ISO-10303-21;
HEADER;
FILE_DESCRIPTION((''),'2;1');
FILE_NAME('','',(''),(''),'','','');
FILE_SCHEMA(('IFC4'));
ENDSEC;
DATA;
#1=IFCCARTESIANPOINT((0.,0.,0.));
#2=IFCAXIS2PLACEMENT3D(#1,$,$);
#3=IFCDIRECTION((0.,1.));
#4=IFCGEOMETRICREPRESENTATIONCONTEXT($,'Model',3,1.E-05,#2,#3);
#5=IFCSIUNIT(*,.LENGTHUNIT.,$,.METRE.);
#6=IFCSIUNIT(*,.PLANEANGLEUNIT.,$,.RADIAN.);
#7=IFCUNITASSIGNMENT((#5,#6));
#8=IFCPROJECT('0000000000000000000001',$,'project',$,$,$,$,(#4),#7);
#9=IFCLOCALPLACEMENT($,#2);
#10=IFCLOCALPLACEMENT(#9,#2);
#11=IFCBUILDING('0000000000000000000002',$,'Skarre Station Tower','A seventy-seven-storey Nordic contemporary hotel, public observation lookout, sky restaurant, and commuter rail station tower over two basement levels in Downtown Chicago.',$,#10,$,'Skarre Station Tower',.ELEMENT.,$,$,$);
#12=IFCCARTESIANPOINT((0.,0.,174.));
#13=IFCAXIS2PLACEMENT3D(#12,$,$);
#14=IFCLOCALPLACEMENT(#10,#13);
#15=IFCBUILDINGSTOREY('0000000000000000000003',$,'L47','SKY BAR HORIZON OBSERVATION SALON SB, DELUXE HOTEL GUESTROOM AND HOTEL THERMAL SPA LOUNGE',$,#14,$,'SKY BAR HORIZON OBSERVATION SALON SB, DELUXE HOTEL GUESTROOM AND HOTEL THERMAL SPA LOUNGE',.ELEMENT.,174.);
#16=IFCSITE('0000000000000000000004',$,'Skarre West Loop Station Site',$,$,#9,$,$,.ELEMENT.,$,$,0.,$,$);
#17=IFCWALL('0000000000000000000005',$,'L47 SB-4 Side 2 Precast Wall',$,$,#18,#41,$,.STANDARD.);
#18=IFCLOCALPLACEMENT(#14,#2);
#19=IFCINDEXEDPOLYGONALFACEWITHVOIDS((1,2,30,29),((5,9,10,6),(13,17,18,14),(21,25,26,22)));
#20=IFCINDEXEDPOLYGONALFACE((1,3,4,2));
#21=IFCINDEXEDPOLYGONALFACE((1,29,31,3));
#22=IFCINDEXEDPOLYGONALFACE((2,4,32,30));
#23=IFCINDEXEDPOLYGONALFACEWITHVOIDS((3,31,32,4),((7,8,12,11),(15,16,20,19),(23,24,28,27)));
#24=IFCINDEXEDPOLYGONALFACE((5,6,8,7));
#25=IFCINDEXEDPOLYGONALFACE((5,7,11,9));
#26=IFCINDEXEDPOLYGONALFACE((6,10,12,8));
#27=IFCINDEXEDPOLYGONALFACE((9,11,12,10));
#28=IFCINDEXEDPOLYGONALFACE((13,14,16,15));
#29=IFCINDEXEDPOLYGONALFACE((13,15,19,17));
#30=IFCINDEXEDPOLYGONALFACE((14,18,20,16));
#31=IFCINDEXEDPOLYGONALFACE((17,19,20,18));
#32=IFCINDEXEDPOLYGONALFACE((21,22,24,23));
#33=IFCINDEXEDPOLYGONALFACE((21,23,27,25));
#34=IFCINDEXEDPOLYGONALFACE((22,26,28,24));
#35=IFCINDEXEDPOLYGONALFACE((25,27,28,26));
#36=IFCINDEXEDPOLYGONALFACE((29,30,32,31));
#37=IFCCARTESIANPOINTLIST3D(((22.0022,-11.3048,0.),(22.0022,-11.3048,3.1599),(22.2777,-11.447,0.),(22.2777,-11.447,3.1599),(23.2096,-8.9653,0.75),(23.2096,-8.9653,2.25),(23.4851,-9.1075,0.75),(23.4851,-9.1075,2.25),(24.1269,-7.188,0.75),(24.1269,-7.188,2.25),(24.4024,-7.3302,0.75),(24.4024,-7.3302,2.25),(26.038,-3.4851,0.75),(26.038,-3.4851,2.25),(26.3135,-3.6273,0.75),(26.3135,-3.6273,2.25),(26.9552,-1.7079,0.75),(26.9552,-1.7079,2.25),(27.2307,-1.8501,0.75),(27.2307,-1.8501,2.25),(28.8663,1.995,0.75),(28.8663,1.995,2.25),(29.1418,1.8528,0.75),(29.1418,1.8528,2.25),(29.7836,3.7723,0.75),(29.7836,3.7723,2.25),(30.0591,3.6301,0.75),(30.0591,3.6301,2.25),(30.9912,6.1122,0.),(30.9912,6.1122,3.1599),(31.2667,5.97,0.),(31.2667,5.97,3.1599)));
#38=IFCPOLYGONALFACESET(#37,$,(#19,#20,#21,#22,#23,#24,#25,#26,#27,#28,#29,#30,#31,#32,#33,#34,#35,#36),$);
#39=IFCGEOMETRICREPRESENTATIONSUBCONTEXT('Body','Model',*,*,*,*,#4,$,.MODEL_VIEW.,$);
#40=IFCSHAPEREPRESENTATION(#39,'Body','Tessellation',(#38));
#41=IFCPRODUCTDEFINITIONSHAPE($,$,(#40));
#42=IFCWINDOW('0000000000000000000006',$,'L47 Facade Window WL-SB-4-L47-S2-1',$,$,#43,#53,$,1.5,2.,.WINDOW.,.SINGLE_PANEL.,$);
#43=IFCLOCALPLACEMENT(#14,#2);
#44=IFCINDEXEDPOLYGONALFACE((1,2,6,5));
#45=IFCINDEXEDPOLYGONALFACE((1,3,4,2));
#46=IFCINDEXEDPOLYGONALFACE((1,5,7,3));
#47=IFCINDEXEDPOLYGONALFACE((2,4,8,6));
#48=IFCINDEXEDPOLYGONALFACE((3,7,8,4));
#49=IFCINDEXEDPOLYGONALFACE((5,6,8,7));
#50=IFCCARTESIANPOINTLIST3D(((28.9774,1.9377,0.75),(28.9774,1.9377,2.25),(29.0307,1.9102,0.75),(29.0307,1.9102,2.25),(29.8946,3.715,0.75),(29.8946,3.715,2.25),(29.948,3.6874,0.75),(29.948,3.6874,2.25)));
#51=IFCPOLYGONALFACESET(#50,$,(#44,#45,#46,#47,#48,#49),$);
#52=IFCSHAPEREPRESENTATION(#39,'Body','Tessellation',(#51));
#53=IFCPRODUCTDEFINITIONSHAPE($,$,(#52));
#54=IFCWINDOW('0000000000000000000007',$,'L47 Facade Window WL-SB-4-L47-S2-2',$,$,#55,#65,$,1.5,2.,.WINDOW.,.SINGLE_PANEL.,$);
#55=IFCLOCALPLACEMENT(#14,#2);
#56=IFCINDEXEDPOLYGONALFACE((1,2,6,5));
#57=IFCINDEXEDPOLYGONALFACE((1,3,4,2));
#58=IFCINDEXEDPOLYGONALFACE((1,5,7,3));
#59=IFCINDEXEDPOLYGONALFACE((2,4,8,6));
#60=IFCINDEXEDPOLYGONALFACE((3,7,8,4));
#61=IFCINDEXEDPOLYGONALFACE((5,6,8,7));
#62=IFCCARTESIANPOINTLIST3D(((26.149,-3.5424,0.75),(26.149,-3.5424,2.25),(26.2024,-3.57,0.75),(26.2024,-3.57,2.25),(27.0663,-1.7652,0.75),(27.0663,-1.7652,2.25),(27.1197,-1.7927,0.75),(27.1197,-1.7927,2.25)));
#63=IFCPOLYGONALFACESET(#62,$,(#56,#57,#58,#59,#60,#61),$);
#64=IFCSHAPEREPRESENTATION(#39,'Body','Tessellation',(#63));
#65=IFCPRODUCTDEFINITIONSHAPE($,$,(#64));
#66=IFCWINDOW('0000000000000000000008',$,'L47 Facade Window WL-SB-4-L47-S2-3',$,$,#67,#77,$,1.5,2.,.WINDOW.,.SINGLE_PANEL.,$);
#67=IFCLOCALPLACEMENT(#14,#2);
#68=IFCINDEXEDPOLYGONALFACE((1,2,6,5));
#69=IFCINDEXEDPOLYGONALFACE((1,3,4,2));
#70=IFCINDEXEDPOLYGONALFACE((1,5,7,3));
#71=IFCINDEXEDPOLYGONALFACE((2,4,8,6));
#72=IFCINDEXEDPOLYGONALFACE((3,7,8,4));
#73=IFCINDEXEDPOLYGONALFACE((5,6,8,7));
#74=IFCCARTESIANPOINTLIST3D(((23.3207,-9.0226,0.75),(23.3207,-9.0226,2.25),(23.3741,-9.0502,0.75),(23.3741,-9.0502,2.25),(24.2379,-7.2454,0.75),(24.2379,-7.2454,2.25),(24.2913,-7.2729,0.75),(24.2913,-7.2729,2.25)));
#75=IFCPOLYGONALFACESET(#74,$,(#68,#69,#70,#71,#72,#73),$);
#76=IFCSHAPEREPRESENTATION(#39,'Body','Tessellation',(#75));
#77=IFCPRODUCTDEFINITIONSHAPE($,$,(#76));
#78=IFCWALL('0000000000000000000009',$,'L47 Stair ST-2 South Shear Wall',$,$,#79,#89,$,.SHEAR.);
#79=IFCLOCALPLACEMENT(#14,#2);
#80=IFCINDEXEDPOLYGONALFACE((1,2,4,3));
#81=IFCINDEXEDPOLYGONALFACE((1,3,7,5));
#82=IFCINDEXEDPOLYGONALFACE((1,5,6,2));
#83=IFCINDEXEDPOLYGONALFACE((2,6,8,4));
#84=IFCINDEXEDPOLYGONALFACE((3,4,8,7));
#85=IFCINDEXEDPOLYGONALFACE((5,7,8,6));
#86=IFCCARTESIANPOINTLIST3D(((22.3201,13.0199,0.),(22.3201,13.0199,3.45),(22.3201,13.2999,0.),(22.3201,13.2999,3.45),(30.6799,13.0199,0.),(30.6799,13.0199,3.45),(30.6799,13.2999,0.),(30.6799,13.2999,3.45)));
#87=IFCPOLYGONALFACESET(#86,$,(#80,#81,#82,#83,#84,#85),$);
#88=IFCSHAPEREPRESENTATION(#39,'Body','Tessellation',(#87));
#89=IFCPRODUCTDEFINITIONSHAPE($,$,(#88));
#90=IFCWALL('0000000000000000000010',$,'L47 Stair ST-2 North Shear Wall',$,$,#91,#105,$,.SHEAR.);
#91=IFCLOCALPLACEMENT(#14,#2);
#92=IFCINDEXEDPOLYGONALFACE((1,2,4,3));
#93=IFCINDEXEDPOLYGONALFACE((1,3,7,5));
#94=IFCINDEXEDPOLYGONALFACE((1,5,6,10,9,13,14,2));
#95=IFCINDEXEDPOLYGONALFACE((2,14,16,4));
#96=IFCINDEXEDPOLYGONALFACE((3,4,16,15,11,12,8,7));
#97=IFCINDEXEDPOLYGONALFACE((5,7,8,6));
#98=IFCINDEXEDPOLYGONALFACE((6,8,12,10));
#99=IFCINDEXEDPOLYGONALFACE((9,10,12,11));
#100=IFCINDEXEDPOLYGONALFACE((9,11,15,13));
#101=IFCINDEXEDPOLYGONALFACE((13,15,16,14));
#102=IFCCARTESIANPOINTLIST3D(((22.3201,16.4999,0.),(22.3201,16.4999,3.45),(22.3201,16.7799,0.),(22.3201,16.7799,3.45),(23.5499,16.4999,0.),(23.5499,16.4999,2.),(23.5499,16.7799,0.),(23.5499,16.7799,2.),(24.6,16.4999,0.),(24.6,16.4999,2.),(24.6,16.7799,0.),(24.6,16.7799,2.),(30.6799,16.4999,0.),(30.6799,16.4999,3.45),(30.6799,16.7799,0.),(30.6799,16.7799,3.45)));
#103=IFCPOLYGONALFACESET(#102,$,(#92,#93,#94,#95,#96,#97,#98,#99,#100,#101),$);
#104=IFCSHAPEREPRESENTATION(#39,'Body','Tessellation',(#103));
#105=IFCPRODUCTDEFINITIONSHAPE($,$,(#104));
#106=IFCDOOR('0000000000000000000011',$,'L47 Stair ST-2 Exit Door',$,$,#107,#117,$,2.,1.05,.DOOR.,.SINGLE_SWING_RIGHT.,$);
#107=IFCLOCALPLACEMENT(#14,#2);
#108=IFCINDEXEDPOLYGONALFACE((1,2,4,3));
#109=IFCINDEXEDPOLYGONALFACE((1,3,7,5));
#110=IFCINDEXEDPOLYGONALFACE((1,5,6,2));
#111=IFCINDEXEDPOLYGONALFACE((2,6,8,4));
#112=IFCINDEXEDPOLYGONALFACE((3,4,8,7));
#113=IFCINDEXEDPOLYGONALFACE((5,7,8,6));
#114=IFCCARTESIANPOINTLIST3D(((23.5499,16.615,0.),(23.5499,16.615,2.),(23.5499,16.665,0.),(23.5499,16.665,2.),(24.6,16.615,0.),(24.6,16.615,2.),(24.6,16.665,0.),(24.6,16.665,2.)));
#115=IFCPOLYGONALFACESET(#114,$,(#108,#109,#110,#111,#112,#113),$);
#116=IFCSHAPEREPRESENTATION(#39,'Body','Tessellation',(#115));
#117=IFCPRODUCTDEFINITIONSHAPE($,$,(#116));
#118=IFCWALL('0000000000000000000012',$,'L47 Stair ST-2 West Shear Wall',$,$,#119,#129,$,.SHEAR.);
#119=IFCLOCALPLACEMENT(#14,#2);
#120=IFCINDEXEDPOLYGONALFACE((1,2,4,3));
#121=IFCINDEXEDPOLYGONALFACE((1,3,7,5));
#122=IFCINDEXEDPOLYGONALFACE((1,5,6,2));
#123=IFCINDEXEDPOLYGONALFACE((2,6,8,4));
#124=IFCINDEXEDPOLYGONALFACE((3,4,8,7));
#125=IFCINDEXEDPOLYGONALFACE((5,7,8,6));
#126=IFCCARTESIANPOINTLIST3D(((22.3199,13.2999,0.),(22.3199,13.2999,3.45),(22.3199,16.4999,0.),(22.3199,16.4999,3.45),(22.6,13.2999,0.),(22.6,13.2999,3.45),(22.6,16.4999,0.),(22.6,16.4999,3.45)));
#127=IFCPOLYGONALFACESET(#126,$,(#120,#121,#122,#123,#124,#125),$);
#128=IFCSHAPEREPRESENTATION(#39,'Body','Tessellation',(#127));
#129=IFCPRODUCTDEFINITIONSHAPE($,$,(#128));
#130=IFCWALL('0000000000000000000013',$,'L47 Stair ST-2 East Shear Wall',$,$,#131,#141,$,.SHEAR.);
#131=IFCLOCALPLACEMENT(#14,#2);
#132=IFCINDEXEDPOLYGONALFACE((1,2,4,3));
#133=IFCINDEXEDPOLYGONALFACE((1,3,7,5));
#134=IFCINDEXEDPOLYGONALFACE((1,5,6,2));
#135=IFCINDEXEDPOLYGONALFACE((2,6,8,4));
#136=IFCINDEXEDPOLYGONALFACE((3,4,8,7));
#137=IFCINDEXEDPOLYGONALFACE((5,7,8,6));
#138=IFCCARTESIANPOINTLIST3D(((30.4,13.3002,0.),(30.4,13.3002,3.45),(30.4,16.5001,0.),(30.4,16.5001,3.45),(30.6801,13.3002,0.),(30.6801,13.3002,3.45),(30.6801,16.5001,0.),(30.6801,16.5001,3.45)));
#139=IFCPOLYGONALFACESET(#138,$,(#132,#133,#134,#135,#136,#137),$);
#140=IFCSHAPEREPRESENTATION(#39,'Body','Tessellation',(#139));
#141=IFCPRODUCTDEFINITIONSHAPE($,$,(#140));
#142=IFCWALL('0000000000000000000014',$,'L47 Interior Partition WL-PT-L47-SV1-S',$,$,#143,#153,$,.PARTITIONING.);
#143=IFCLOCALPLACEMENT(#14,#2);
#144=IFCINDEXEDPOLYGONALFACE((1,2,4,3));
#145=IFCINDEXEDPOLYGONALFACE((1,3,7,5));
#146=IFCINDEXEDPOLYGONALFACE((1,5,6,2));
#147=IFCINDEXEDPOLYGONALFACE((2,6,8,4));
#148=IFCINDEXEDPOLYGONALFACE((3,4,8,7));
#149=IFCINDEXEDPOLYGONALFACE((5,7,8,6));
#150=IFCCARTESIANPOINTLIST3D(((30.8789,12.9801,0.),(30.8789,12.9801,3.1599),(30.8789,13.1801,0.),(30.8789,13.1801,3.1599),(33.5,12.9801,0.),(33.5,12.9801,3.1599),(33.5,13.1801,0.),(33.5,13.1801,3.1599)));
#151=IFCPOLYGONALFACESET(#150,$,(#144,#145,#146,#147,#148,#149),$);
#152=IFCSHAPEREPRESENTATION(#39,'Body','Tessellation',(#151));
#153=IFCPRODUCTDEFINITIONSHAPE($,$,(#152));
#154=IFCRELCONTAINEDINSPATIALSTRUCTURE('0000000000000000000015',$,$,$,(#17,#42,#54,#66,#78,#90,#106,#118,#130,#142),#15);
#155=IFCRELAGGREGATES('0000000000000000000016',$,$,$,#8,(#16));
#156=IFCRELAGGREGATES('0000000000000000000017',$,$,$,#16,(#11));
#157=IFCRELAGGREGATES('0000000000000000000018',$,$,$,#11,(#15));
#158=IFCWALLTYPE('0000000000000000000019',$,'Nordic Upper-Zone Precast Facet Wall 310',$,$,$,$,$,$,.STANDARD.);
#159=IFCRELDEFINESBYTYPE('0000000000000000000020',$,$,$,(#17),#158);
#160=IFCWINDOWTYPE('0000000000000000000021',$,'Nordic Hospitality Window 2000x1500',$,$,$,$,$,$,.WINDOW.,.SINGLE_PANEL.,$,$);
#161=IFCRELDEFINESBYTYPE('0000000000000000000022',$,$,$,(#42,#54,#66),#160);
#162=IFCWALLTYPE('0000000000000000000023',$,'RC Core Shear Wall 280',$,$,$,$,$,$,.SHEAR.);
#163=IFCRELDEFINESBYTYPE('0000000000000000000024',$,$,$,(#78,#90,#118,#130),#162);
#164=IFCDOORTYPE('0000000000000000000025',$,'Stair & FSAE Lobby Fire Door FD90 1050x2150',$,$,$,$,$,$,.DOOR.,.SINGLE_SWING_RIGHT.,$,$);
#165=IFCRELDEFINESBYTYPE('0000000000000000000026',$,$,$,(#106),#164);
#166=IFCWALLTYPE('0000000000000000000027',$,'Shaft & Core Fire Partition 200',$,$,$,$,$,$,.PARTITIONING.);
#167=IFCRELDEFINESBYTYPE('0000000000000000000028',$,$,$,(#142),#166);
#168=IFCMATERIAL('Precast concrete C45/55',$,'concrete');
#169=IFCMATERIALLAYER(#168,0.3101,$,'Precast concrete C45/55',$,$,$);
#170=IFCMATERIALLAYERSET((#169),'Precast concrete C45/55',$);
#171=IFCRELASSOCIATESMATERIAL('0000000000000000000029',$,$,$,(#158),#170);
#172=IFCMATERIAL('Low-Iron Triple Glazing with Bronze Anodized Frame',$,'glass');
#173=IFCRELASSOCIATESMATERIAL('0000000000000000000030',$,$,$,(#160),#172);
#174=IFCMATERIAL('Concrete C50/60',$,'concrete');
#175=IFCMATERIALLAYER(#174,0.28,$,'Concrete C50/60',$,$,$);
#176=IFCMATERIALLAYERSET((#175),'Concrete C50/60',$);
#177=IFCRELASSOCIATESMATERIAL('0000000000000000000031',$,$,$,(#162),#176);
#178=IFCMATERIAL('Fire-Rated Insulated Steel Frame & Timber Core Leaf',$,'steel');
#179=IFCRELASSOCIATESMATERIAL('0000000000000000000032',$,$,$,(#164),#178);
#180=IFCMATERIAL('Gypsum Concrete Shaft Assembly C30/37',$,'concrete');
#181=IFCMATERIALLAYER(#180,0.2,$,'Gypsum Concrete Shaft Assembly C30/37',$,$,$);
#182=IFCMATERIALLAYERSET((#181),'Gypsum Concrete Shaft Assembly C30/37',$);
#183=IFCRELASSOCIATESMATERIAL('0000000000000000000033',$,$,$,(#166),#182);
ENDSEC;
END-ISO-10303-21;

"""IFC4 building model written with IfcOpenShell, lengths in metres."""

from ifc_helpers import new_model, si_unit, direction, frame, frame_2d, origin, place, context, subcontext, project, spatial, rectangle, extrude, material, layer, layer_set, type_object, element, fill, save


model = new_model("IFC4")

# Units and contexts
model_context = context("Model", 3, precision=1e-05, world=origin(), true_north=direction((0.0, 1.0)))
body_context = subcontext(model_context, "Body", "Model", "MODEL_VIEW")
ifc_project = project(units=[si_unit("LENGTHUNIT", "METRE"), si_unit("PLANEANGLEUNIT", "RADIAN")], contexts=[model_context])

# Site, building, storey
site_placement = place(None, origin())
site = spatial("IfcSite", under=ifc_project, at=site_placement, Name="Skarre West Loop Station Site", CompositionType="ELEMENT", RefElevation=0.0)
building_placement = place(site_placement, origin())
building = spatial("IfcBuilding", under=site, at=building_placement, Name="Skarre Station Tower", Description="A seventy-seven-storey Nordic contemporary hotel, public observation lookout, sky restaurant, and commuter rail station tower over two basement levels in Downtown Chicago.", LongName="Skarre Station Tower", CompositionType="ELEMENT")
storey_placement = place(building_placement, frame((0.0, 0.0, 174.0)))
storey = spatial("IfcBuildingStorey", under=building, at=storey_placement, Name="L47", Description="SKY BAR HORIZON OBSERVATION SALON SB, DELUXE HOTEL GUESTROOM AND HOTEL THERMAL SPA LOUNGE", LongName="SKY BAR HORIZON OBSERVATION SALON SB, DELUXE HOTEL GUESTROOM AND HOTEL THERMAL SPA LOUNGE", CompositionType="ELEMENT", Elevation=174.0)

# Shared definitions
ifc_material_1 = material(Name="Concrete C50/60", Category="concrete")

# Wall, openings, windows
ifc_material_2 = material(Name="Precast concrete C45/55", Category="concrete")
ifc_layer_1 = layer(ifc_material_2, 0.3101, Name="Precast concrete C45/55")
ifc_layer_set_1 = layer_set([ifc_layer_1], Name="Precast concrete C45/55")
wall_type_1 = type_object("IfcWallType", Name="Nordic Upper-Zone Precast Facet Wall 310", PredefinedType="STANDARD", material=ifc_layer_set_1)
wall_1_placement = place(storey_placement, frame((31.1289, 6.041, 0.0), z_axis=(0.0, 0.0, 1.0), x_axis=(-0.458627, -0.888629, 0.0)))
wall_1 = element("IfcWall", 1, at=wall_1_placement, inside=storey, type_object=wall_type_1, Name="L47 SB-4 Side 2 Precast Wall", PredefinedType="STANDARD", context=body_context, shape_type="SweptSolid", body=[
    extrude(rectangle(XDim=19.5999, YDim=0.3101, at=frame_2d((9.7998, 0.0))), origin(), (0.0, 0.0, 1.0), 3.1599),
])
opening_1_placement = place(wall_1_placement, frame((2.6331, 0.0, 0.75)))
opening_1 = element("IfcOpeningElement", 2, at=opening_1_placement, cuts=wall_1, PredefinedType="OPENING", context=body_context, shape_type="SweptSolid", body=[
    extrude(rectangle(XDim=2.0, YDim=1.5, at=frame_2d((1.0, 0.75))), frame((0.0, 0.165, 0.0), z_axis=(0.0, -1.0, 0.0), x_axis=(1.0, 0.0, 0.0)), (0.0, 0.0, 1.0), 0.3301),
])
opening_2_placement = place(wall_1_placement, frame((8.8, 0.0, 0.75)))
opening_2 = element("IfcOpeningElement", 3, at=opening_2_placement, cuts=wall_1, PredefinedType="OPENING", context=body_context, shape_type="SweptSolid", body=[
    extrude(rectangle(XDim=2.0, YDim=1.5, at=frame_2d((1.0, 0.75))), frame((0.0, 0.165, 0.0), z_axis=(0.0, -1.0, 0.0), x_axis=(1.0, 0.0, 0.0)), (0.0, 0.0, 1.0), 0.3301),
])
opening_3_placement = place(wall_1_placement, frame((14.967, 0.0, 0.75)))
opening_3 = element("IfcOpeningElement", 4, at=opening_3_placement, cuts=wall_1, PredefinedType="OPENING", context=body_context, shape_type="SweptSolid", body=[
    extrude(rectangle(XDim=2.0, YDim=1.5, at=frame_2d((1.0, 0.75))), frame((0.0, 0.165, 0.0), z_axis=(0.0, -1.0, 0.0), x_axis=(1.0, 0.0, 0.0)), (0.0, 0.0, 1.0), 0.3301),
])
ifc_material_3 = material(Name="Low-Iron Triple Glazing with Bronze Anodized Frame", Category="glass")
window_type = type_object("IfcWindowType", Name="Nordic Hospitality Window 2000x1500", PartitioningType="SINGLE_PANEL", PredefinedType="WINDOW", material=ifc_material_3)
window_1_placement = place(opening_1_placement, origin())
window_1 = element("IfcWindow", 5, at=window_1_placement, inside=storey, type_object=window_type, Name="L47 Facade Window WL-SB-4-L47-S2-1", OverallHeight=1.5, OverallWidth=2.0, PartitioningType="SINGLE_PANEL", PredefinedType="WINDOW", context=body_context, shape_type="SweptSolid", body=[
    extrude(rectangle(XDim=2.0, YDim=1.5, at=frame_2d((1.0, 0.75))), frame((0.0, 0.03, 0.0), z_axis=(0.0, -1.0, 0.0), x_axis=(1.0, 0.0, 0.0)), (0.0, 0.0, 1.0), 0.0601),
])
fill(opening_1, window_1)
window_2_placement = place(opening_2_placement, origin())
window_2 = element("IfcWindow", 6, at=window_2_placement, inside=storey, type_object=window_type, Name="L47 Facade Window WL-SB-4-L47-S2-2", OverallHeight=1.5, OverallWidth=2.0, PartitioningType="SINGLE_PANEL", PredefinedType="WINDOW", context=body_context, shape_type="SweptSolid", body=[
    extrude(rectangle(XDim=2.0, YDim=1.5, at=frame_2d((1.0, 0.75))), frame((0.0, 0.03, 0.0), z_axis=(0.0, -1.0, 0.0), x_axis=(1.0, 0.0, 0.0)), (0.0, 0.0, 1.0), 0.0601),
])
fill(opening_2, window_2)
window_3_placement = place(opening_3_placement, origin())
window_3 = element("IfcWindow", 7, at=window_3_placement, inside=storey, type_object=window_type, Name="L47 Facade Window WL-SB-4-L47-S2-3", OverallHeight=1.5, OverallWidth=2.0, PartitioningType="SINGLE_PANEL", PredefinedType="WINDOW", context=body_context, shape_type="SweptSolid", body=[
    extrude(rectangle(XDim=2.0, YDim=1.5, at=frame_2d((1.0, 0.75))), frame((0.0, 0.03, 0.0), z_axis=(0.0, -1.0, 0.0), x_axis=(1.0, 0.0, 0.0)), (0.0, 0.0, 1.0), 0.0601),
])
fill(opening_3, window_3)

# Wall
ifc_layer_2 = layer(ifc_material_1, 0.28, Name="Concrete C50/60")
ifc_layer_set_2 = layer_set([ifc_layer_2], Name="Concrete C50/60")
wall_type_2 = type_object("IfcWallType", Name="RC Core Shear Wall 280", PredefinedType="SHEAR", material=ifc_layer_set_2)
wall_2_placement = place(storey_placement, frame((22.3201, 13.1599, 0.0), z_axis=(0.0, 0.0, 1.0), x_axis=(1.0, 0.0, 0.0)))
element("IfcWall", 8, at=wall_2_placement, inside=storey, type_object=wall_type_2, Name="L47 Stair ST-2 South Shear Wall", PredefinedType="SHEAR", context=body_context, shape_type="SweptSolid", body=[
    extrude(rectangle(XDim=8.3599, YDim=0.28, at=frame_2d((4.1799, 0.0))), origin(), (0.0, 0.0, 1.0), 3.45),
])

# Wall, opening, door
wall_3_placement = place(storey_placement, frame((30.6799, 16.6399, 0.0), z_axis=(0.0, 0.0, 1.0), x_axis=(-1.0, 0.0, 0.0)))
wall_3 = element("IfcWall", 9, at=wall_3_placement, inside=storey, type_object=wall_type_2, Name="L47 Stair ST-2 North Shear Wall", PredefinedType="SHEAR", context=body_context, shape_type="SweptSolid", body=[
    extrude(rectangle(XDim=8.3599, YDim=0.28, at=frame_2d((4.1799, 0.0))), origin(), (0.0, 0.0, 1.0), 3.45),
])
opening_4_placement = place(wall_3_placement, frame((6.0801, 0.0, 0.0)))
opening_4 = element("IfcOpeningElement", 10, at=opening_4_placement, cuts=wall_3, PredefinedType="OPENING", context=body_context, shape_type="SweptSolid", body=[
    extrude(rectangle(XDim=1.05, YDim=2.0, at=frame_2d((0.5249, 1.0))), frame((0.0, 0.1499, 0.0), z_axis=(0.0, -1.0, 0.0), x_axis=(1.0, 0.0, 0.0)), (0.0, 0.0, 1.0), 0.3),
])
ifc_material_4 = material(Name="Fire-Rated Insulated Steel Frame & Timber Core Leaf", Category="steel")
door_type = type_object("IfcDoorType", Name="Stair & FSAE Lobby Fire Door FD90 1050x2150", OperationType="SINGLE_SWING_RIGHT", PredefinedType="DOOR", material=ifc_material_4)
door_placement = place(opening_4_placement, origin())
door = element("IfcDoor", 11, at=door_placement, inside=storey, type_object=door_type, Name="L47 Stair ST-2 Exit Door", OperationType="SINGLE_SWING_RIGHT", OverallHeight=2.0, OverallWidth=1.05, PredefinedType="DOOR", context=body_context, shape_type="SweptSolid", body=[
    extrude(rectangle(XDim=1.05, YDim=2.0, at=frame_2d((0.5249, 1.0))), frame((0.0, 0.0249, 0.0), z_axis=(0.0, -1.0, 0.0), x_axis=(1.0, 0.0, 0.0)), (0.0, 0.0, 1.0), 0.05),
])
fill(opening_4, door)

# Walls
for number, where, z_axis, x_axis, name in (
    (12, (22.46, 16.5, 0.0), (0.0, 0.0, 1.0), (0.0, -1.0, 0.0), "L47 Stair ST-2 West Shear Wall"),
    (13, (30.54, 13.3, 0.0), (0.0, 0.0, 1.0), (0.0, 1.0, 0.0), "L47 Stair ST-2 East Shear Wall"),
):
    element("IfcWall", number, at=place(storey_placement, frame(where, z_axis=z_axis, x_axis=x_axis)), inside=storey, type_object=wall_type_2, Name=name, PredefinedType="SHEAR", context=body_context, shape_type="SweptSolid", body=[
        extrude(rectangle(XDim=3.2, YDim=0.28, at=frame_2d((1.6001, 0.0))), origin(), (0.0, 0.0, 1.0), 3.45),
    ])
ifc_material_5 = material(Name="Gypsum Concrete Shaft Assembly C30/37", Category="concrete")
ifc_layer_3 = layer(ifc_material_5, 0.2, Name="Gypsum Concrete Shaft Assembly C30/37")
ifc_layer_set_3 = layer_set([ifc_layer_3], Name="Gypsum Concrete Shaft Assembly C30/37")
wall_type_3 = type_object("IfcWallType", Name="Shaft & Core Fire Partition 200", PredefinedType="PARTITIONING", material=ifc_layer_set_3)
wall_4_placement = place(storey_placement, frame((30.8789, 13.0801, 0.0), z_axis=(0.0, 0.0, 1.0), x_axis=(1.0, 0.0, 0.0)))
element("IfcWall", 14, at=wall_4_placement, inside=storey, type_object=wall_type_3, Name="L47 Interior Partition WL-PT-L47-SV1-S", PredefinedType="PARTITIONING", context=body_context, shape_type="SweptSolid", body=[
    extrude(rectangle(XDim=2.6211, YDim=0.2, at=frame_2d((1.3105, 0.0))), origin(), (0.0, 0.0, 1.0), 3.1599),
])

save(model, "model.ifc")
